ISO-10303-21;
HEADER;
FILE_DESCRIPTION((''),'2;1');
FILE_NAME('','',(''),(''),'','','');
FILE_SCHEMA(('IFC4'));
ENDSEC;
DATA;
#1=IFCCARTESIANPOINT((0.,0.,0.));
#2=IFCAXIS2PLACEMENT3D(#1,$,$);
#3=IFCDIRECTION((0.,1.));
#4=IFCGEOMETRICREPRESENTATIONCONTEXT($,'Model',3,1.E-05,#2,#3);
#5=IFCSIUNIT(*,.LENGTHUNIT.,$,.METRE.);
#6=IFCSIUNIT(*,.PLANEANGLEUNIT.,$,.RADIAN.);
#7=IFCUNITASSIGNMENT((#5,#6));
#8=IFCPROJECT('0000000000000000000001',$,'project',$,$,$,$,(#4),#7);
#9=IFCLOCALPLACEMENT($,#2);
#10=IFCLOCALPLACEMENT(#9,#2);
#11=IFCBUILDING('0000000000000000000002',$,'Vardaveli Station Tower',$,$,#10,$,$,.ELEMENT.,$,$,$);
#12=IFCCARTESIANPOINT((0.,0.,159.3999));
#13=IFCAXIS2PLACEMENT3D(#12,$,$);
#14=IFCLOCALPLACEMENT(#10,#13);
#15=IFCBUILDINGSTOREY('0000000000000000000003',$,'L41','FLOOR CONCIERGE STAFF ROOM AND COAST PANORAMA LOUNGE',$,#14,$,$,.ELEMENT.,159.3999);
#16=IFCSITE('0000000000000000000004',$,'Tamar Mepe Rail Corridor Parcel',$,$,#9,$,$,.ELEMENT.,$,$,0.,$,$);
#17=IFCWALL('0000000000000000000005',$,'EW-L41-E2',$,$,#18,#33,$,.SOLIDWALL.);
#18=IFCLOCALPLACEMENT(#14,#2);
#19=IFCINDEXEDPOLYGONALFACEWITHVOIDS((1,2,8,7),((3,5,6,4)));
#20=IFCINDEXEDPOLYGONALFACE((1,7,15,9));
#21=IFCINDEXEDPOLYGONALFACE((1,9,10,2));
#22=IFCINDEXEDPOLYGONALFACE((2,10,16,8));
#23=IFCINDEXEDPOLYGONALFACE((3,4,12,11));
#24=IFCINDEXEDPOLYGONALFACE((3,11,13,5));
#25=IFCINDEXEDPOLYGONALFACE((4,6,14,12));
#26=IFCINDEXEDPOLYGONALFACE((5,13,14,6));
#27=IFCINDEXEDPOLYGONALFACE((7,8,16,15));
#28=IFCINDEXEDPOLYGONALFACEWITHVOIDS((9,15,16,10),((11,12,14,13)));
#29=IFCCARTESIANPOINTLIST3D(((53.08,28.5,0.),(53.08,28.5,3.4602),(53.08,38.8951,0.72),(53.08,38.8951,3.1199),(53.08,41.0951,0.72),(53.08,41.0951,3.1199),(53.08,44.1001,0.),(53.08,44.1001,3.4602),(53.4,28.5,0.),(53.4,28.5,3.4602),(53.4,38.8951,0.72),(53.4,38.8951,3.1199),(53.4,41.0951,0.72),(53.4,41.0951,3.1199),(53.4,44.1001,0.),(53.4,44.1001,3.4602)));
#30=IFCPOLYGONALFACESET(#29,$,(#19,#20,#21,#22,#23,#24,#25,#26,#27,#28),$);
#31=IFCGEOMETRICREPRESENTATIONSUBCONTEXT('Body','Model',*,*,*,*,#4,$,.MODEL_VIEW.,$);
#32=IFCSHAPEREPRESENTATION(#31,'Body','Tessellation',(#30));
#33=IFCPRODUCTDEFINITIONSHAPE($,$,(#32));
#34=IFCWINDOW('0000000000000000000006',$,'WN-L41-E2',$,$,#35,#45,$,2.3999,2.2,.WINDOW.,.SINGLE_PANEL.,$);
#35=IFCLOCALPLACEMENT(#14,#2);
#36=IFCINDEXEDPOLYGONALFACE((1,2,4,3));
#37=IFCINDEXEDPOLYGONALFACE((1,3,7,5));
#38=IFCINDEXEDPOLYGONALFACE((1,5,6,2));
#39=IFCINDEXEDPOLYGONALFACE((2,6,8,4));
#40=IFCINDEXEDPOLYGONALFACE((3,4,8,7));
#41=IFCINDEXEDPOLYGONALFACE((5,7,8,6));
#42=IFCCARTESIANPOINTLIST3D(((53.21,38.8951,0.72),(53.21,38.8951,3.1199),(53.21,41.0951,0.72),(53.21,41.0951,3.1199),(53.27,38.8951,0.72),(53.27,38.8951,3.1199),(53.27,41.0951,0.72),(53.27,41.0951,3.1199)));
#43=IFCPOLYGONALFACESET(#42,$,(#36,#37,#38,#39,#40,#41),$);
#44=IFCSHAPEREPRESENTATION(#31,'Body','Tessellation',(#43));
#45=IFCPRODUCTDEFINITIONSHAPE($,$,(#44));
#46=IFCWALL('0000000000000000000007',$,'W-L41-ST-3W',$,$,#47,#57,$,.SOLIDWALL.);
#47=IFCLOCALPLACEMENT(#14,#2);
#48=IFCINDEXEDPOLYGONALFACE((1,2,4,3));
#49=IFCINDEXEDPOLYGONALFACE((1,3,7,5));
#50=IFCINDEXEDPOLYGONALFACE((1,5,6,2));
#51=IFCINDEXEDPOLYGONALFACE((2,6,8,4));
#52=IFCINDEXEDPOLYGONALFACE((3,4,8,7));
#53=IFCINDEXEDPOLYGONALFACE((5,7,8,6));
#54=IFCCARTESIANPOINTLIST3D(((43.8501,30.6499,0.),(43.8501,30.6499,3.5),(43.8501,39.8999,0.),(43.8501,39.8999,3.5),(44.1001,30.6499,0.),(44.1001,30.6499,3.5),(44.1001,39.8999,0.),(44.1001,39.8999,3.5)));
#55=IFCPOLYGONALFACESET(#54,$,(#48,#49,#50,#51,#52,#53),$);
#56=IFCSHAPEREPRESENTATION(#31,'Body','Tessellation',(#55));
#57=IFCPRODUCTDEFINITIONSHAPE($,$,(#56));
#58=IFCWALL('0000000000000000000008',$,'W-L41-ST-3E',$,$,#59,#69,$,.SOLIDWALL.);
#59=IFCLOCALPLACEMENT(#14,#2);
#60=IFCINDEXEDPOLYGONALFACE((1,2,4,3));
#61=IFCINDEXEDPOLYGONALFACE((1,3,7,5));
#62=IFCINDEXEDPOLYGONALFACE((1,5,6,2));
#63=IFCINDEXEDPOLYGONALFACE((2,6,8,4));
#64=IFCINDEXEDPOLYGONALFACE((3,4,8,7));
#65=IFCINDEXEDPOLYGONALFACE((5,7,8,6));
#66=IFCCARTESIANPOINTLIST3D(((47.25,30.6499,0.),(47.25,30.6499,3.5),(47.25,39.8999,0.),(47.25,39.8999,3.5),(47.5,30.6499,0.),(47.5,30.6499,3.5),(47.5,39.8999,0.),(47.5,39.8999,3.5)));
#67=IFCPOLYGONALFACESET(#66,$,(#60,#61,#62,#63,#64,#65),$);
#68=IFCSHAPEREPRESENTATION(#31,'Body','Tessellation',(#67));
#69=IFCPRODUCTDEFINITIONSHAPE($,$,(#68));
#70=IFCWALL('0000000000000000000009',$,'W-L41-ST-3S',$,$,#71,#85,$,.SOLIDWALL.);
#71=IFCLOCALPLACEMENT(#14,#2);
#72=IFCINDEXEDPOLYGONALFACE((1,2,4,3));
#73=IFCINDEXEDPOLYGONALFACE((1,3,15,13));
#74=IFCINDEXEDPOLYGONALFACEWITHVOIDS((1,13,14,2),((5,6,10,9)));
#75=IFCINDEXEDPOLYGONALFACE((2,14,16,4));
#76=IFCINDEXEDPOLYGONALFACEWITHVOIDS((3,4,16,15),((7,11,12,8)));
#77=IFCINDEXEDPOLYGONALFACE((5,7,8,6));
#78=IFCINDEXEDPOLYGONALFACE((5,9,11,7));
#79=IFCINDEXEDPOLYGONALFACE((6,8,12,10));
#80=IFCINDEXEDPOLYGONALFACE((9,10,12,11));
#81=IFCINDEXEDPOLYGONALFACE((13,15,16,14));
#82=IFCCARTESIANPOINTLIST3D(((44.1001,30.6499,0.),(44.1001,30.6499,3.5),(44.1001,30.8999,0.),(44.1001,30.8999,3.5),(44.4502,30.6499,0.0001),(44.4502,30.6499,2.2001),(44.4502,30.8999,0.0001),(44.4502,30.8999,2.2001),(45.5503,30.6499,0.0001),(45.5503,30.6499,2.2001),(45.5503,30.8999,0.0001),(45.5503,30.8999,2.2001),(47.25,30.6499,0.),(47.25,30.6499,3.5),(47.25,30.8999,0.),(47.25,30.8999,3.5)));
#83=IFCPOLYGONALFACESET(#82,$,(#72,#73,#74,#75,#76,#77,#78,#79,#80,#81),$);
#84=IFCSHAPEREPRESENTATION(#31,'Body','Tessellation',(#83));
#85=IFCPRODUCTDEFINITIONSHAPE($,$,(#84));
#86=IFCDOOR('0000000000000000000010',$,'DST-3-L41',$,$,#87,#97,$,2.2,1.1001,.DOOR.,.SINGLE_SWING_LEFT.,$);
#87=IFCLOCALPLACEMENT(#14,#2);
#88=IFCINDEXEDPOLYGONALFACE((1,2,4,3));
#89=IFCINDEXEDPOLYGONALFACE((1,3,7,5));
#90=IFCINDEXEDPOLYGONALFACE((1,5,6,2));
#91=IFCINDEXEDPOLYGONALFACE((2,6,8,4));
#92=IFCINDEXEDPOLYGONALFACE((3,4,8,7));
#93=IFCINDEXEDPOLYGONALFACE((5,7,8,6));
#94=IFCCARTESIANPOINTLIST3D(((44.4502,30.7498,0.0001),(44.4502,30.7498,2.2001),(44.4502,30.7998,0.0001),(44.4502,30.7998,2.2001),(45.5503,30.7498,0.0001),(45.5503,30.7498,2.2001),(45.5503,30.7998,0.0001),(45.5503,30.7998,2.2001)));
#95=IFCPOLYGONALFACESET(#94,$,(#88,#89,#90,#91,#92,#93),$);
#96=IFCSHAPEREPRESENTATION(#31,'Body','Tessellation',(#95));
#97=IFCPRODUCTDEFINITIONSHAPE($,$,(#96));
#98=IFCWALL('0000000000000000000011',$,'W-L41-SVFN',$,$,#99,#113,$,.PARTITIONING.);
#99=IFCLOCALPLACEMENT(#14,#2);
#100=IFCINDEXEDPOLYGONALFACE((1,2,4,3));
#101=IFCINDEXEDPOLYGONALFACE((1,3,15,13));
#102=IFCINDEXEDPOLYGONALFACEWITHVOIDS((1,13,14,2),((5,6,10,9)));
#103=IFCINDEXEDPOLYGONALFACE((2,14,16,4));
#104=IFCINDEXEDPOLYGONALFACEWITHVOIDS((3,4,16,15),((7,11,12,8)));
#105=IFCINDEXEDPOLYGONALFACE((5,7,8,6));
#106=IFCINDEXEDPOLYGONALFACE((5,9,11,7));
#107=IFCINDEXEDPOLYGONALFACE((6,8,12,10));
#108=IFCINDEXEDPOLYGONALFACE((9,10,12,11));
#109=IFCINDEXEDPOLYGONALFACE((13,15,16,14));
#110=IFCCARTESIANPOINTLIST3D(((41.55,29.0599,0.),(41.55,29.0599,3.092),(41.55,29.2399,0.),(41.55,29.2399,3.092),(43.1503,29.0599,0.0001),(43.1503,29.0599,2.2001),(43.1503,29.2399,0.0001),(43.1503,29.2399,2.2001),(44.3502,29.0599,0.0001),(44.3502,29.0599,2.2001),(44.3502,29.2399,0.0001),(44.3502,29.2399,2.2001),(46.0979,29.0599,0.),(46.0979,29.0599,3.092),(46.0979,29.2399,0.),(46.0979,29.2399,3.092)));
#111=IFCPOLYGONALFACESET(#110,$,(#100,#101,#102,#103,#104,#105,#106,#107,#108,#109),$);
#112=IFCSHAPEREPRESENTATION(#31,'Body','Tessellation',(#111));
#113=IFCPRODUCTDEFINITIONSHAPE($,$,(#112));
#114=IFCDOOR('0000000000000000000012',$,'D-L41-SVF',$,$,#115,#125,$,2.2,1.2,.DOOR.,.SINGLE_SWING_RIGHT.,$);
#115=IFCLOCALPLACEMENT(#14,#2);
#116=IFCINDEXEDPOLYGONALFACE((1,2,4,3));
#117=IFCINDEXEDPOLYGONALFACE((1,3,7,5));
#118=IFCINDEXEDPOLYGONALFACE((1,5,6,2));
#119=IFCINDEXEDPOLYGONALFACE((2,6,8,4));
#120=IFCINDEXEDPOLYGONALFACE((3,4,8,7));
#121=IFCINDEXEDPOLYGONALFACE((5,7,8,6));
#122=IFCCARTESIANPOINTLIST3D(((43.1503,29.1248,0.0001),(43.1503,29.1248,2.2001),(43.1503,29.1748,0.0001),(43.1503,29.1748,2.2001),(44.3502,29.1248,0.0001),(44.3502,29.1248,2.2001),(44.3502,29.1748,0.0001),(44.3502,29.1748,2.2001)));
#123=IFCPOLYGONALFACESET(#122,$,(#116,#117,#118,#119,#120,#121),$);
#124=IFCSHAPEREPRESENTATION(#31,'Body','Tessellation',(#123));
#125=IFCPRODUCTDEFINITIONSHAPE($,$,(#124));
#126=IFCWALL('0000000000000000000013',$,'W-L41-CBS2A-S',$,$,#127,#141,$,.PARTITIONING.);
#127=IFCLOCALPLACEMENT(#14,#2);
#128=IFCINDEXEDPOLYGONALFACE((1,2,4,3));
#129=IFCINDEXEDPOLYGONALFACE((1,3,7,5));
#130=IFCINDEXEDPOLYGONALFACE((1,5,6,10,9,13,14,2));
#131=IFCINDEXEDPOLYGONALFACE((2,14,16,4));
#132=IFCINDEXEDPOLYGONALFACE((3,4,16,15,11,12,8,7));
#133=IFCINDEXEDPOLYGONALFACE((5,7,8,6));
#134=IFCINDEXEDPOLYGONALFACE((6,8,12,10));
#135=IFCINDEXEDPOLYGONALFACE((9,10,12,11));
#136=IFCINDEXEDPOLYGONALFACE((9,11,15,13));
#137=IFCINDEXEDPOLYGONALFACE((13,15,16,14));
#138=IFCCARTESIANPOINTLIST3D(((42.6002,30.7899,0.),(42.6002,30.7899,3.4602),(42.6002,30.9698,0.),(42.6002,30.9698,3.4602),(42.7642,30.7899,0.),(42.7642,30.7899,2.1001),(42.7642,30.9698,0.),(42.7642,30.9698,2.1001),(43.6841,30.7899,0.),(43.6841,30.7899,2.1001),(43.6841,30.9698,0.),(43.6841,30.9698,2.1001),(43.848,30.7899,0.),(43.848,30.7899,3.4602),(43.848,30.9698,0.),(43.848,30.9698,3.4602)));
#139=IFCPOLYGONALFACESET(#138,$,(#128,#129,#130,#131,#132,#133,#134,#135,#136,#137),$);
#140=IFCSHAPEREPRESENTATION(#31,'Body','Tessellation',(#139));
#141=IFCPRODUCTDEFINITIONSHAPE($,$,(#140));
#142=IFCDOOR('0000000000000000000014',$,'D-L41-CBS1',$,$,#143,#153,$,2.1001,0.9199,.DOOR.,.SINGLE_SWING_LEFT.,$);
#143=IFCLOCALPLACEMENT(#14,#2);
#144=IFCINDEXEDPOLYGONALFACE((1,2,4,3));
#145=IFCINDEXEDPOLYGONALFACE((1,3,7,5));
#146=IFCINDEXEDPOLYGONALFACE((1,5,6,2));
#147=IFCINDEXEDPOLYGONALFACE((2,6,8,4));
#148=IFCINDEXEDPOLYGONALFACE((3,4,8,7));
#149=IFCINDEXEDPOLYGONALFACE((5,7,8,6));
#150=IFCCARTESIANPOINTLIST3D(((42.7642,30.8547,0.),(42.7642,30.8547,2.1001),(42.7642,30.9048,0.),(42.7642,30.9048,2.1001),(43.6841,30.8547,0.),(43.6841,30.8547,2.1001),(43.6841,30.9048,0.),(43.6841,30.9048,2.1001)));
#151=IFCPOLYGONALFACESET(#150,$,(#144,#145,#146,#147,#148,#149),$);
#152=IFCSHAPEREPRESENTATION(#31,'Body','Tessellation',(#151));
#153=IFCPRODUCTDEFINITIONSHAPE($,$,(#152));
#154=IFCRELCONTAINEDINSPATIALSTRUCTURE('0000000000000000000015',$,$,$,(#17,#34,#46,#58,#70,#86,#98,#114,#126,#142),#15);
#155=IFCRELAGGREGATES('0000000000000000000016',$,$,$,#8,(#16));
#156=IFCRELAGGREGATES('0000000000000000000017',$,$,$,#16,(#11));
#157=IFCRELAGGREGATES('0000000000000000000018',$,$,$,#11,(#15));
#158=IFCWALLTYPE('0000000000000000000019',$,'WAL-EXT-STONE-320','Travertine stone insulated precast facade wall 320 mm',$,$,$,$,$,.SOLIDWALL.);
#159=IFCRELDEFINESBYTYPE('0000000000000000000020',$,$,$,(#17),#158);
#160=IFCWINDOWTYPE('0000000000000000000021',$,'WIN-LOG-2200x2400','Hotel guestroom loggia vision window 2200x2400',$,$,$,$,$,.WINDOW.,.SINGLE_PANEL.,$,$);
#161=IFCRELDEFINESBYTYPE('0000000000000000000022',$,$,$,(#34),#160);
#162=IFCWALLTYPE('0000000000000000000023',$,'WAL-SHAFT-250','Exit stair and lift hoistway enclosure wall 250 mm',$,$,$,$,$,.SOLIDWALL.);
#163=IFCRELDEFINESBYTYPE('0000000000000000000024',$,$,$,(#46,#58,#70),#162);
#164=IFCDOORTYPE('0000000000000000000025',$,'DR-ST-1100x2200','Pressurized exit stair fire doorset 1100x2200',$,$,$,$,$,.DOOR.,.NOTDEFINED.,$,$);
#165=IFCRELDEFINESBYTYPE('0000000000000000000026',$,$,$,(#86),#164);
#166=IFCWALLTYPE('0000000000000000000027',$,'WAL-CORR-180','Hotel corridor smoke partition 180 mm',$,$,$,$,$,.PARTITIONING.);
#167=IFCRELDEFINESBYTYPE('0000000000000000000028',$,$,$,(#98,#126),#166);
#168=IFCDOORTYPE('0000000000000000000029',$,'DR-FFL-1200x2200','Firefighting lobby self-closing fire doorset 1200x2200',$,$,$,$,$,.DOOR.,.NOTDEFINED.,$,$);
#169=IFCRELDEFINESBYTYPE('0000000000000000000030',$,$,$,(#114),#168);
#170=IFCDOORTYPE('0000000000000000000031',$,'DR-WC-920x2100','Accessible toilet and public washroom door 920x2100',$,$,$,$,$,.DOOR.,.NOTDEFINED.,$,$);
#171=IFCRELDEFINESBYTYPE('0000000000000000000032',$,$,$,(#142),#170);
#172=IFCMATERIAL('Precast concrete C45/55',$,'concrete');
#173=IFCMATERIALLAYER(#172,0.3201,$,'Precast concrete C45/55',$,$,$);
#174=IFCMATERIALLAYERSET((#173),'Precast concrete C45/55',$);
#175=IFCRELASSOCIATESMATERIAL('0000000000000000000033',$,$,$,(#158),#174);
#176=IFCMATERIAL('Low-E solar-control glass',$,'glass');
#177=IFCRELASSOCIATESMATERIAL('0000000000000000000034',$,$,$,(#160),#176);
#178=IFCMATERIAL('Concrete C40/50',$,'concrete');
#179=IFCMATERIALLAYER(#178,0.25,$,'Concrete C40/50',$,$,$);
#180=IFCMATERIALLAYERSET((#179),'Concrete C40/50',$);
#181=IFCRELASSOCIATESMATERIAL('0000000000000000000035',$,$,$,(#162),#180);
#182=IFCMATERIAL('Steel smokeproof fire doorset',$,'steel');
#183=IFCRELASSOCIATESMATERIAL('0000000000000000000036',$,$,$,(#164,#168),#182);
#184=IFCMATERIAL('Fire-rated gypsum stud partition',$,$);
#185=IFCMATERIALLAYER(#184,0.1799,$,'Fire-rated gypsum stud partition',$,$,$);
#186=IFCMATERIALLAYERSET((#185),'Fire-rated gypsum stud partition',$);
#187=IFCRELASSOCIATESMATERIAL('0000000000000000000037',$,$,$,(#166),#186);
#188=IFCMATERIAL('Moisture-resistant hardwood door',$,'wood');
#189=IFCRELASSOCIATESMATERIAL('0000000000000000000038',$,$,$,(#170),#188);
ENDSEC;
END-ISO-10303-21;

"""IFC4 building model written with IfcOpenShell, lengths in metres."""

from ifc_helpers import new_model, si_unit, direction, frame, frame_2d, origin, place, context, subcontext, project, spatial, rectangle, extrude, source, transform, mapped, material, layer, layer_set, type_object, element, fill, save


model = new_model("IFC4")

# Units and contexts
model_context = context("Model", 3, precision=1e-05, world=origin(), true_north=direction((0.0, 1.0)))
body_context = subcontext(model_context, "Body", "Model", "MODEL_VIEW")
ifc_project = project(units=[si_unit("LENGTHUNIT", "METRE"), si_unit("PLANEANGLEUNIT", "RADIAN")], contexts=[model_context])

# Site, building, storey
site_placement = place(None, origin())
site = spatial("IfcSite", under=ifc_project, at=site_placement, Name="Tamar Mepe Rail Corridor Parcel", CompositionType="ELEMENT", RefElevation=0.0)
building_placement = place(site_placement, origin())
building = spatial("IfcBuilding", under=site, at=building_placement, Name="Vardaveli Station Tower", CompositionType="ELEMENT")
storey_placement = place(building_placement, frame((0.0, 0.0, 159.3999)))
storey = spatial("IfcBuildingStorey", under=building, at=storey_placement, Name="L41", Description="FLOOR CONCIERGE STAFF ROOM AND COAST PANORAMA LOUNGE", CompositionType="ELEMENT", Elevation=159.3999)

# Shared definitions
ifc_material_1 = material(Name="Precast concrete C45/55", Category="concrete")

# Wall, opening, window
ifc_layer_1 = layer(ifc_material_1, 0.3201, Name="Precast concrete C45/55")
ifc_layer_set_1 = layer_set([ifc_layer_1], Name="Precast concrete C45/55")
wall_type_1 = type_object("IfcWallType", Name="WAL-EXT-STONE-320", Description="Travertine stone insulated precast facade wall 320 mm", PredefinedType="SOLIDWALL", material=ifc_layer_set_1)
shared_shape_1 = source(origin(), body_context, "Body", "SweptSolid", [
    extrude(rectangle(XDim=15.6001, YDim=0.3201, at=frame_2d((7.8, 0.0))), origin(), (0.0, 0.0, 1.0), 3.4602),
])
wall_1_placement = place(storey_placement, frame((53.24, 28.5, 0.0), z_axis=(0.0, 0.0, 1.0), x_axis=(0.0, 1.0, 0.0)))
wall_1 = element("IfcWall", 1, at=wall_1_placement, inside=storey, type_object=wall_type_1, Name="EW-L41-E2", PredefinedType="SOLIDWALL", context=body_context, shape_type="MappedRepresentation", body=[
    mapped(shared_shape_1, transform((0.0, 0.0, 0.0), scale=1.0)),
])
shared_shape_2 = source(origin(), body_context, "Body", "SweptSolid", [
    extrude(rectangle(XDim=2.2, YDim=2.3999, at=frame_2d((1.1001, 1.2))), frame((0.0, 0.1699, 0.0), z_axis=(0.0, -1.0, 0.0), x_axis=(1.0, 0.0, 0.0)), (0.0, 0.0, 1.0), 0.3401),
])
opening_1_placement = place(wall_1_placement, frame((10.395, 0.0, 0.72)))
opening_1 = element("IfcOpeningElement", 2, at=opening_1_placement, cuts=wall_1, PredefinedType="OPENING", context=body_context, shape_type="MappedRepresentation", body=[
    mapped(shared_shape_2, transform((0.0, 0.0, 0.0), scale=1.0)),
])
ifc_material_2 = material(Name="Low-E solar-control glass", Category="glass")
window_type = type_object("IfcWindowType", Name="WIN-LOG-2200x2400", Description="Hotel guestroom loggia vision window 2200x2400", PartitioningType="SINGLE_PANEL", PredefinedType="WINDOW", material=ifc_material_2)
shared_shape_3 = source(origin(), body_context, "Body", "SweptSolid", [
    extrude(rectangle(XDim=2.2, YDim=2.3999, at=frame_2d((1.1001, 1.2))), frame((0.0, 0.03, 0.0), z_axis=(0.0, -1.0, 0.0), x_axis=(1.0, 0.0, 0.0)), (0.0, 0.0, 1.0), 0.0601),
])
window_placement = place(opening_1_placement, origin())
window = element("IfcWindow", 3, at=window_placement, inside=storey, type_object=window_type, Name="WN-L41-E2", OverallHeight=2.3999, OverallWidth=2.2, PartitioningType="SINGLE_PANEL", PredefinedType="WINDOW", context=body_context, shape_type="MappedRepresentation", body=[
    mapped(shared_shape_3, transform((0.0, 0.0, 0.0), scale=1.0)),
])
fill(opening_1, window)

# Walls
ifc_material_3 = material(Name="Concrete C40/50", Category="concrete")
ifc_layer_2 = layer(ifc_material_3, 0.25, Name="Concrete C40/50")
ifc_layer_set_2 = layer_set([ifc_layer_2], Name="Concrete C40/50")
wall_type_2 = type_object("IfcWallType", Name="WAL-SHAFT-250", Description="Exit stair and lift hoistway enclosure wall 250 mm", PredefinedType="SOLIDWALL", material=ifc_layer_set_2)
shared_shape_4 = source(origin(), body_context, "Body", "SweptSolid", [
    extrude(rectangle(XDim=9.25, YDim=0.25, at=frame_2d((4.625, 0.0))), origin(), (0.0, 0.0, 1.0), 3.5),
])
for number, where, z_axis, x_axis, name in (
    (4, (43.9751, 30.6499, 0.0), (0.0, 0.0, 1.0), (0.0, 1.0, 0.0), "W-L41-ST-3W"),
    (5, (47.375, 30.6499, 0.0), (0.0, 0.0, 1.0), (0.0, 1.0, 0.0), "W-L41-ST-3E"),
):
    element("IfcWall", number, at=place(storey_placement, frame(where, z_axis=z_axis, x_axis=x_axis)), inside=storey, type_object=wall_type_2, Name=name, PredefinedType="SOLIDWALL", context=body_context, shape_type="MappedRepresentation", body=[
        mapped(shared_shape_4, transform((0.0, 0.0, 0.0), scale=1.0)),
    ])

# Walls, openings, doors
shared_shape_5 = source(origin(), body_context, "Body", "SweptSolid", [
    extrude(rectangle(XDim=3.1499, YDim=0.25, at=frame_2d((1.575, 0.0))), origin(), (0.0, 0.0, 1.0), 3.5),
])
wall_2_placement = place(storey_placement, frame((44.1001, 30.7749, 0.0), z_axis=(0.0, 0.0, 1.0), x_axis=(1.0, 0.0, 0.0)))
wall_2 = element("IfcWall", 6, at=wall_2_placement, inside=storey, type_object=wall_type_2, Name="W-L41-ST-3S", PredefinedType="SOLIDWALL", context=body_context, shape_type="MappedRepresentation", body=[
    mapped(shared_shape_5, transform((0.0, 0.0, 0.0), scale=1.0)),
])
shared_shape_6 = source(origin(), body_context, "Body", "SweptSolid", [
    extrude(rectangle(XDim=1.1001, YDim=2.2, at=frame_2d((0.55, 1.1001))), frame((0.0, 0.135, 0.0), z_axis=(0.0, -1.0, 0.0), x_axis=(1.0, 0.0, 0.0)), (0.0, 0.0, 1.0), 0.27),
])
opening_2_placement = place(wall_2_placement, frame((0.3501, 0.0, 0.0)))
opening_2 = element("IfcOpeningElement", 7, at=opening_2_placement, cuts=wall_2, PredefinedType="OPENING", context=body_context, shape_type="MappedRepresentation", body=[
    mapped(shared_shape_6, transform((0.0, 0.0, 0.0), scale=1.0)),
])
ifc_material_4 = material(Name="Steel smokeproof fire doorset", Category="steel")
door_type_1 = type_object("IfcDoorType", Name="DR-ST-1100x2200", Description="Pressurized exit stair fire doorset 1100x2200", OperationType="NOTDEFINED", PredefinedType="DOOR", material=ifc_material_4)
shared_shape_7 = source(origin(), body_context, "Body", "SweptSolid", [
    extrude(rectangle(XDim=1.1001, YDim=2.2, at=frame_2d((0.55, 1.1001))), frame((0.0, 0.0249, 0.0), z_axis=(0.0, -1.0, 0.0), x_axis=(1.0, 0.0, 0.0)), (0.0, 0.0, 1.0), 0.05),
])
door_1_placement = place(opening_2_placement, origin())
door_1 = element("IfcDoor", 8, at=door_1_placement, inside=storey, type_object=door_type_1, Name="DST-3-L41", OperationType="SINGLE_SWING_LEFT", OverallHeight=2.2, OverallWidth=1.1001, PredefinedType="DOOR", context=body_context, shape_type="MappedRepresentation", body=[
    mapped(shared_shape_7, transform((0.0, 0.0, 0.0), scale=1.0)),
])
fill(opening_2, door_1)
ifc_material_5 = material(Name="Fire-rated gypsum stud partition")
ifc_layer_3 = layer(ifc_material_5, 0.1799, Name="Fire-rated gypsum stud partition")
ifc_layer_set_3 = layer_set([ifc_layer_3], Name="Fire-rated gypsum stud partition")
wall_type_3 = type_object("IfcWallType", Name="WAL-CORR-180", Description="Hotel corridor smoke partition 180 mm", PredefinedType="PARTITIONING", material=ifc_layer_set_3)
shared_shape_8 = source(origin(), body_context, "Body", "SweptSolid", [
    extrude(rectangle(XDim=4.5479, YDim=0.1799, at=frame_2d((2.2739, 0.0))), origin(), (0.0, 0.0, 1.0), 3.092),
])
wall_3_placement = place(storey_placement, frame((41.55, 29.1499, 0.0), z_axis=(0.0, 0.0, 1.0), x_axis=(1.0, 0.0, 0.0)))
wall_3 = element("IfcWall", 9, at=wall_3_placement, inside=storey, type_object=wall_type_3, Name="W-L41-SVFN", PredefinedType="PARTITIONING", context=body_context, shape_type="MappedRepresentation", body=[
    mapped(shared_shape_8, transform((0.0, 0.0, 0.0), scale=1.0)),
])
shared_shape_9 = source(origin(), body_context, "Body", "SweptSolid", [
    extrude(rectangle(XDim=1.2, YDim=2.2, at=frame_2d((0.6001, 1.1001))), frame((0.0, 0.1001, 0.0), z_axis=(0.0, -1.0, 0.0), x_axis=(1.0, 0.0, 0.0)), (0.0, 0.0, 1.0), 0.2),
])
opening_3_placement = place(wall_3_placement, frame((1.6001, 0.0, 0.0)))
opening_3 = element("IfcOpeningElement", 10, at=opening_3_placement, cuts=wall_3, PredefinedType="OPENING", context=body_context, shape_type="MappedRepresentation", body=[
    mapped(shared_shape_9, transform((0.0, 0.0, 0.0), scale=1.0)),
])
door_type_2 = type_object("IfcDoorType", Name="DR-FFL-1200x2200", Description="Firefighting lobby self-closing fire doorset 1200x2200", OperationType="NOTDEFINED", PredefinedType="DOOR", material=ifc_material_4)
shared_shape_10 = source(origin(), body_context, "Body", "SweptSolid", [
    extrude(rectangle(XDim=1.2, YDim=2.2, at=frame_2d((0.6001, 1.1001))), frame((0.0, 0.0249, 0.0), z_axis=(0.0, -1.0, 0.0), x_axis=(1.0, 0.0, 0.0)), (0.0, 0.0, 1.0), 0.05),
])
door_2_placement = place(opening_3_placement, origin())
door_2 = element("IfcDoor", 11, at=door_2_placement, inside=storey, type_object=door_type_2, Name="D-L41-SVF", OperationType="SINGLE_SWING_RIGHT", OverallHeight=2.2, OverallWidth=1.2, PredefinedType="DOOR", context=body_context, shape_type="MappedRepresentation", body=[
    mapped(shared_shape_10, transform((0.0, 0.0, 0.0), scale=1.0)),
])
fill(opening_3, door_2)
shared_shape_11 = source(origin(), body_context, "Body", "SweptSolid", [
    extrude(rectangle(XDim=1.2478, YDim=0.1799, at=frame_2d((0.624, 0.0))), origin(), (0.0, 0.0, 1.0), 3.4602),
])
wall_4_placement = place(storey_placement, frame((42.6001, 30.8799, 0.0), z_axis=(0.0, 0.0, 1.0), x_axis=(1.0, 0.0, 0.0)))
wall_4 = element("IfcWall", 12, at=wall_4_placement, inside=storey, type_object=wall_type_3, Name="W-L41-CBS2A-S", PredefinedType="PARTITIONING", context=body_context, shape_type="MappedRepresentation", body=[
    mapped(shared_shape_11, transform((0.0, 0.0, 0.0), scale=1.0)),
])
shared_shape_12 = source(origin(), body_context, "Body", "SweptSolid", [
    extrude(rectangle(XDim=0.9199, YDim=2.1001, at=frame_2d((0.46, 1.05))), frame((0.0, 0.1001, 0.0), z_axis=(0.0, -1.0, 0.0), x_axis=(1.0, 0.0, 0.0)), (0.0, 0.0, 1.0), 0.2),
])
opening_4_placement = place(wall_4_placement, frame((0.1641, 0.0, 0.0)))
opening_4 = element("IfcOpeningElement", 13, at=opening_4_placement, cuts=wall_4, PredefinedType="OPENING", context=body_context, shape_type="MappedRepresentation", body=[
    mapped(shared_shape_12, transform((0.0, 0.0, 0.0), scale=1.0)),
])
ifc_material_6 = material(Name="Moisture-resistant hardwood door", Category="wood")
door_type_3 = type_object("IfcDoorType", Name="DR-WC-920x2100", Description="Accessible toilet and public washroom door 920x2100", OperationType="NOTDEFINED", PredefinedType="DOOR", material=ifc_material_6)
shared_shape_13 = source(origin(), body_context, "Body", "SweptSolid", [
    extrude(rectangle(XDim=0.9199, YDim=2.1001, at=frame_2d((0.46, 1.05))), frame((0.0, 0.0249, 0.0), z_axis=(0.0, -1.0, 0.0), x_axis=(1.0, 0.0, 0.0)), (0.0, 0.0, 1.0), 0.05),
])
door_3_placement = place(opening_4_placement, origin())
door_3 = element("IfcDoor", 14, at=door_3_placement, inside=storey, type_object=door_type_3, Name="D-L41-CBS1", OperationType="SINGLE_SWING_LEFT", OverallHeight=2.1001, OverallWidth=0.9199, PredefinedType="DOOR", context=body_context, shape_type="MappedRepresentation", body=[
    mapped(shared_shape_13, transform((0.0, 0.0, 0.0), scale=1.0)),
])
fill(opening_4, door_3)

save(model, "model.ifc")
